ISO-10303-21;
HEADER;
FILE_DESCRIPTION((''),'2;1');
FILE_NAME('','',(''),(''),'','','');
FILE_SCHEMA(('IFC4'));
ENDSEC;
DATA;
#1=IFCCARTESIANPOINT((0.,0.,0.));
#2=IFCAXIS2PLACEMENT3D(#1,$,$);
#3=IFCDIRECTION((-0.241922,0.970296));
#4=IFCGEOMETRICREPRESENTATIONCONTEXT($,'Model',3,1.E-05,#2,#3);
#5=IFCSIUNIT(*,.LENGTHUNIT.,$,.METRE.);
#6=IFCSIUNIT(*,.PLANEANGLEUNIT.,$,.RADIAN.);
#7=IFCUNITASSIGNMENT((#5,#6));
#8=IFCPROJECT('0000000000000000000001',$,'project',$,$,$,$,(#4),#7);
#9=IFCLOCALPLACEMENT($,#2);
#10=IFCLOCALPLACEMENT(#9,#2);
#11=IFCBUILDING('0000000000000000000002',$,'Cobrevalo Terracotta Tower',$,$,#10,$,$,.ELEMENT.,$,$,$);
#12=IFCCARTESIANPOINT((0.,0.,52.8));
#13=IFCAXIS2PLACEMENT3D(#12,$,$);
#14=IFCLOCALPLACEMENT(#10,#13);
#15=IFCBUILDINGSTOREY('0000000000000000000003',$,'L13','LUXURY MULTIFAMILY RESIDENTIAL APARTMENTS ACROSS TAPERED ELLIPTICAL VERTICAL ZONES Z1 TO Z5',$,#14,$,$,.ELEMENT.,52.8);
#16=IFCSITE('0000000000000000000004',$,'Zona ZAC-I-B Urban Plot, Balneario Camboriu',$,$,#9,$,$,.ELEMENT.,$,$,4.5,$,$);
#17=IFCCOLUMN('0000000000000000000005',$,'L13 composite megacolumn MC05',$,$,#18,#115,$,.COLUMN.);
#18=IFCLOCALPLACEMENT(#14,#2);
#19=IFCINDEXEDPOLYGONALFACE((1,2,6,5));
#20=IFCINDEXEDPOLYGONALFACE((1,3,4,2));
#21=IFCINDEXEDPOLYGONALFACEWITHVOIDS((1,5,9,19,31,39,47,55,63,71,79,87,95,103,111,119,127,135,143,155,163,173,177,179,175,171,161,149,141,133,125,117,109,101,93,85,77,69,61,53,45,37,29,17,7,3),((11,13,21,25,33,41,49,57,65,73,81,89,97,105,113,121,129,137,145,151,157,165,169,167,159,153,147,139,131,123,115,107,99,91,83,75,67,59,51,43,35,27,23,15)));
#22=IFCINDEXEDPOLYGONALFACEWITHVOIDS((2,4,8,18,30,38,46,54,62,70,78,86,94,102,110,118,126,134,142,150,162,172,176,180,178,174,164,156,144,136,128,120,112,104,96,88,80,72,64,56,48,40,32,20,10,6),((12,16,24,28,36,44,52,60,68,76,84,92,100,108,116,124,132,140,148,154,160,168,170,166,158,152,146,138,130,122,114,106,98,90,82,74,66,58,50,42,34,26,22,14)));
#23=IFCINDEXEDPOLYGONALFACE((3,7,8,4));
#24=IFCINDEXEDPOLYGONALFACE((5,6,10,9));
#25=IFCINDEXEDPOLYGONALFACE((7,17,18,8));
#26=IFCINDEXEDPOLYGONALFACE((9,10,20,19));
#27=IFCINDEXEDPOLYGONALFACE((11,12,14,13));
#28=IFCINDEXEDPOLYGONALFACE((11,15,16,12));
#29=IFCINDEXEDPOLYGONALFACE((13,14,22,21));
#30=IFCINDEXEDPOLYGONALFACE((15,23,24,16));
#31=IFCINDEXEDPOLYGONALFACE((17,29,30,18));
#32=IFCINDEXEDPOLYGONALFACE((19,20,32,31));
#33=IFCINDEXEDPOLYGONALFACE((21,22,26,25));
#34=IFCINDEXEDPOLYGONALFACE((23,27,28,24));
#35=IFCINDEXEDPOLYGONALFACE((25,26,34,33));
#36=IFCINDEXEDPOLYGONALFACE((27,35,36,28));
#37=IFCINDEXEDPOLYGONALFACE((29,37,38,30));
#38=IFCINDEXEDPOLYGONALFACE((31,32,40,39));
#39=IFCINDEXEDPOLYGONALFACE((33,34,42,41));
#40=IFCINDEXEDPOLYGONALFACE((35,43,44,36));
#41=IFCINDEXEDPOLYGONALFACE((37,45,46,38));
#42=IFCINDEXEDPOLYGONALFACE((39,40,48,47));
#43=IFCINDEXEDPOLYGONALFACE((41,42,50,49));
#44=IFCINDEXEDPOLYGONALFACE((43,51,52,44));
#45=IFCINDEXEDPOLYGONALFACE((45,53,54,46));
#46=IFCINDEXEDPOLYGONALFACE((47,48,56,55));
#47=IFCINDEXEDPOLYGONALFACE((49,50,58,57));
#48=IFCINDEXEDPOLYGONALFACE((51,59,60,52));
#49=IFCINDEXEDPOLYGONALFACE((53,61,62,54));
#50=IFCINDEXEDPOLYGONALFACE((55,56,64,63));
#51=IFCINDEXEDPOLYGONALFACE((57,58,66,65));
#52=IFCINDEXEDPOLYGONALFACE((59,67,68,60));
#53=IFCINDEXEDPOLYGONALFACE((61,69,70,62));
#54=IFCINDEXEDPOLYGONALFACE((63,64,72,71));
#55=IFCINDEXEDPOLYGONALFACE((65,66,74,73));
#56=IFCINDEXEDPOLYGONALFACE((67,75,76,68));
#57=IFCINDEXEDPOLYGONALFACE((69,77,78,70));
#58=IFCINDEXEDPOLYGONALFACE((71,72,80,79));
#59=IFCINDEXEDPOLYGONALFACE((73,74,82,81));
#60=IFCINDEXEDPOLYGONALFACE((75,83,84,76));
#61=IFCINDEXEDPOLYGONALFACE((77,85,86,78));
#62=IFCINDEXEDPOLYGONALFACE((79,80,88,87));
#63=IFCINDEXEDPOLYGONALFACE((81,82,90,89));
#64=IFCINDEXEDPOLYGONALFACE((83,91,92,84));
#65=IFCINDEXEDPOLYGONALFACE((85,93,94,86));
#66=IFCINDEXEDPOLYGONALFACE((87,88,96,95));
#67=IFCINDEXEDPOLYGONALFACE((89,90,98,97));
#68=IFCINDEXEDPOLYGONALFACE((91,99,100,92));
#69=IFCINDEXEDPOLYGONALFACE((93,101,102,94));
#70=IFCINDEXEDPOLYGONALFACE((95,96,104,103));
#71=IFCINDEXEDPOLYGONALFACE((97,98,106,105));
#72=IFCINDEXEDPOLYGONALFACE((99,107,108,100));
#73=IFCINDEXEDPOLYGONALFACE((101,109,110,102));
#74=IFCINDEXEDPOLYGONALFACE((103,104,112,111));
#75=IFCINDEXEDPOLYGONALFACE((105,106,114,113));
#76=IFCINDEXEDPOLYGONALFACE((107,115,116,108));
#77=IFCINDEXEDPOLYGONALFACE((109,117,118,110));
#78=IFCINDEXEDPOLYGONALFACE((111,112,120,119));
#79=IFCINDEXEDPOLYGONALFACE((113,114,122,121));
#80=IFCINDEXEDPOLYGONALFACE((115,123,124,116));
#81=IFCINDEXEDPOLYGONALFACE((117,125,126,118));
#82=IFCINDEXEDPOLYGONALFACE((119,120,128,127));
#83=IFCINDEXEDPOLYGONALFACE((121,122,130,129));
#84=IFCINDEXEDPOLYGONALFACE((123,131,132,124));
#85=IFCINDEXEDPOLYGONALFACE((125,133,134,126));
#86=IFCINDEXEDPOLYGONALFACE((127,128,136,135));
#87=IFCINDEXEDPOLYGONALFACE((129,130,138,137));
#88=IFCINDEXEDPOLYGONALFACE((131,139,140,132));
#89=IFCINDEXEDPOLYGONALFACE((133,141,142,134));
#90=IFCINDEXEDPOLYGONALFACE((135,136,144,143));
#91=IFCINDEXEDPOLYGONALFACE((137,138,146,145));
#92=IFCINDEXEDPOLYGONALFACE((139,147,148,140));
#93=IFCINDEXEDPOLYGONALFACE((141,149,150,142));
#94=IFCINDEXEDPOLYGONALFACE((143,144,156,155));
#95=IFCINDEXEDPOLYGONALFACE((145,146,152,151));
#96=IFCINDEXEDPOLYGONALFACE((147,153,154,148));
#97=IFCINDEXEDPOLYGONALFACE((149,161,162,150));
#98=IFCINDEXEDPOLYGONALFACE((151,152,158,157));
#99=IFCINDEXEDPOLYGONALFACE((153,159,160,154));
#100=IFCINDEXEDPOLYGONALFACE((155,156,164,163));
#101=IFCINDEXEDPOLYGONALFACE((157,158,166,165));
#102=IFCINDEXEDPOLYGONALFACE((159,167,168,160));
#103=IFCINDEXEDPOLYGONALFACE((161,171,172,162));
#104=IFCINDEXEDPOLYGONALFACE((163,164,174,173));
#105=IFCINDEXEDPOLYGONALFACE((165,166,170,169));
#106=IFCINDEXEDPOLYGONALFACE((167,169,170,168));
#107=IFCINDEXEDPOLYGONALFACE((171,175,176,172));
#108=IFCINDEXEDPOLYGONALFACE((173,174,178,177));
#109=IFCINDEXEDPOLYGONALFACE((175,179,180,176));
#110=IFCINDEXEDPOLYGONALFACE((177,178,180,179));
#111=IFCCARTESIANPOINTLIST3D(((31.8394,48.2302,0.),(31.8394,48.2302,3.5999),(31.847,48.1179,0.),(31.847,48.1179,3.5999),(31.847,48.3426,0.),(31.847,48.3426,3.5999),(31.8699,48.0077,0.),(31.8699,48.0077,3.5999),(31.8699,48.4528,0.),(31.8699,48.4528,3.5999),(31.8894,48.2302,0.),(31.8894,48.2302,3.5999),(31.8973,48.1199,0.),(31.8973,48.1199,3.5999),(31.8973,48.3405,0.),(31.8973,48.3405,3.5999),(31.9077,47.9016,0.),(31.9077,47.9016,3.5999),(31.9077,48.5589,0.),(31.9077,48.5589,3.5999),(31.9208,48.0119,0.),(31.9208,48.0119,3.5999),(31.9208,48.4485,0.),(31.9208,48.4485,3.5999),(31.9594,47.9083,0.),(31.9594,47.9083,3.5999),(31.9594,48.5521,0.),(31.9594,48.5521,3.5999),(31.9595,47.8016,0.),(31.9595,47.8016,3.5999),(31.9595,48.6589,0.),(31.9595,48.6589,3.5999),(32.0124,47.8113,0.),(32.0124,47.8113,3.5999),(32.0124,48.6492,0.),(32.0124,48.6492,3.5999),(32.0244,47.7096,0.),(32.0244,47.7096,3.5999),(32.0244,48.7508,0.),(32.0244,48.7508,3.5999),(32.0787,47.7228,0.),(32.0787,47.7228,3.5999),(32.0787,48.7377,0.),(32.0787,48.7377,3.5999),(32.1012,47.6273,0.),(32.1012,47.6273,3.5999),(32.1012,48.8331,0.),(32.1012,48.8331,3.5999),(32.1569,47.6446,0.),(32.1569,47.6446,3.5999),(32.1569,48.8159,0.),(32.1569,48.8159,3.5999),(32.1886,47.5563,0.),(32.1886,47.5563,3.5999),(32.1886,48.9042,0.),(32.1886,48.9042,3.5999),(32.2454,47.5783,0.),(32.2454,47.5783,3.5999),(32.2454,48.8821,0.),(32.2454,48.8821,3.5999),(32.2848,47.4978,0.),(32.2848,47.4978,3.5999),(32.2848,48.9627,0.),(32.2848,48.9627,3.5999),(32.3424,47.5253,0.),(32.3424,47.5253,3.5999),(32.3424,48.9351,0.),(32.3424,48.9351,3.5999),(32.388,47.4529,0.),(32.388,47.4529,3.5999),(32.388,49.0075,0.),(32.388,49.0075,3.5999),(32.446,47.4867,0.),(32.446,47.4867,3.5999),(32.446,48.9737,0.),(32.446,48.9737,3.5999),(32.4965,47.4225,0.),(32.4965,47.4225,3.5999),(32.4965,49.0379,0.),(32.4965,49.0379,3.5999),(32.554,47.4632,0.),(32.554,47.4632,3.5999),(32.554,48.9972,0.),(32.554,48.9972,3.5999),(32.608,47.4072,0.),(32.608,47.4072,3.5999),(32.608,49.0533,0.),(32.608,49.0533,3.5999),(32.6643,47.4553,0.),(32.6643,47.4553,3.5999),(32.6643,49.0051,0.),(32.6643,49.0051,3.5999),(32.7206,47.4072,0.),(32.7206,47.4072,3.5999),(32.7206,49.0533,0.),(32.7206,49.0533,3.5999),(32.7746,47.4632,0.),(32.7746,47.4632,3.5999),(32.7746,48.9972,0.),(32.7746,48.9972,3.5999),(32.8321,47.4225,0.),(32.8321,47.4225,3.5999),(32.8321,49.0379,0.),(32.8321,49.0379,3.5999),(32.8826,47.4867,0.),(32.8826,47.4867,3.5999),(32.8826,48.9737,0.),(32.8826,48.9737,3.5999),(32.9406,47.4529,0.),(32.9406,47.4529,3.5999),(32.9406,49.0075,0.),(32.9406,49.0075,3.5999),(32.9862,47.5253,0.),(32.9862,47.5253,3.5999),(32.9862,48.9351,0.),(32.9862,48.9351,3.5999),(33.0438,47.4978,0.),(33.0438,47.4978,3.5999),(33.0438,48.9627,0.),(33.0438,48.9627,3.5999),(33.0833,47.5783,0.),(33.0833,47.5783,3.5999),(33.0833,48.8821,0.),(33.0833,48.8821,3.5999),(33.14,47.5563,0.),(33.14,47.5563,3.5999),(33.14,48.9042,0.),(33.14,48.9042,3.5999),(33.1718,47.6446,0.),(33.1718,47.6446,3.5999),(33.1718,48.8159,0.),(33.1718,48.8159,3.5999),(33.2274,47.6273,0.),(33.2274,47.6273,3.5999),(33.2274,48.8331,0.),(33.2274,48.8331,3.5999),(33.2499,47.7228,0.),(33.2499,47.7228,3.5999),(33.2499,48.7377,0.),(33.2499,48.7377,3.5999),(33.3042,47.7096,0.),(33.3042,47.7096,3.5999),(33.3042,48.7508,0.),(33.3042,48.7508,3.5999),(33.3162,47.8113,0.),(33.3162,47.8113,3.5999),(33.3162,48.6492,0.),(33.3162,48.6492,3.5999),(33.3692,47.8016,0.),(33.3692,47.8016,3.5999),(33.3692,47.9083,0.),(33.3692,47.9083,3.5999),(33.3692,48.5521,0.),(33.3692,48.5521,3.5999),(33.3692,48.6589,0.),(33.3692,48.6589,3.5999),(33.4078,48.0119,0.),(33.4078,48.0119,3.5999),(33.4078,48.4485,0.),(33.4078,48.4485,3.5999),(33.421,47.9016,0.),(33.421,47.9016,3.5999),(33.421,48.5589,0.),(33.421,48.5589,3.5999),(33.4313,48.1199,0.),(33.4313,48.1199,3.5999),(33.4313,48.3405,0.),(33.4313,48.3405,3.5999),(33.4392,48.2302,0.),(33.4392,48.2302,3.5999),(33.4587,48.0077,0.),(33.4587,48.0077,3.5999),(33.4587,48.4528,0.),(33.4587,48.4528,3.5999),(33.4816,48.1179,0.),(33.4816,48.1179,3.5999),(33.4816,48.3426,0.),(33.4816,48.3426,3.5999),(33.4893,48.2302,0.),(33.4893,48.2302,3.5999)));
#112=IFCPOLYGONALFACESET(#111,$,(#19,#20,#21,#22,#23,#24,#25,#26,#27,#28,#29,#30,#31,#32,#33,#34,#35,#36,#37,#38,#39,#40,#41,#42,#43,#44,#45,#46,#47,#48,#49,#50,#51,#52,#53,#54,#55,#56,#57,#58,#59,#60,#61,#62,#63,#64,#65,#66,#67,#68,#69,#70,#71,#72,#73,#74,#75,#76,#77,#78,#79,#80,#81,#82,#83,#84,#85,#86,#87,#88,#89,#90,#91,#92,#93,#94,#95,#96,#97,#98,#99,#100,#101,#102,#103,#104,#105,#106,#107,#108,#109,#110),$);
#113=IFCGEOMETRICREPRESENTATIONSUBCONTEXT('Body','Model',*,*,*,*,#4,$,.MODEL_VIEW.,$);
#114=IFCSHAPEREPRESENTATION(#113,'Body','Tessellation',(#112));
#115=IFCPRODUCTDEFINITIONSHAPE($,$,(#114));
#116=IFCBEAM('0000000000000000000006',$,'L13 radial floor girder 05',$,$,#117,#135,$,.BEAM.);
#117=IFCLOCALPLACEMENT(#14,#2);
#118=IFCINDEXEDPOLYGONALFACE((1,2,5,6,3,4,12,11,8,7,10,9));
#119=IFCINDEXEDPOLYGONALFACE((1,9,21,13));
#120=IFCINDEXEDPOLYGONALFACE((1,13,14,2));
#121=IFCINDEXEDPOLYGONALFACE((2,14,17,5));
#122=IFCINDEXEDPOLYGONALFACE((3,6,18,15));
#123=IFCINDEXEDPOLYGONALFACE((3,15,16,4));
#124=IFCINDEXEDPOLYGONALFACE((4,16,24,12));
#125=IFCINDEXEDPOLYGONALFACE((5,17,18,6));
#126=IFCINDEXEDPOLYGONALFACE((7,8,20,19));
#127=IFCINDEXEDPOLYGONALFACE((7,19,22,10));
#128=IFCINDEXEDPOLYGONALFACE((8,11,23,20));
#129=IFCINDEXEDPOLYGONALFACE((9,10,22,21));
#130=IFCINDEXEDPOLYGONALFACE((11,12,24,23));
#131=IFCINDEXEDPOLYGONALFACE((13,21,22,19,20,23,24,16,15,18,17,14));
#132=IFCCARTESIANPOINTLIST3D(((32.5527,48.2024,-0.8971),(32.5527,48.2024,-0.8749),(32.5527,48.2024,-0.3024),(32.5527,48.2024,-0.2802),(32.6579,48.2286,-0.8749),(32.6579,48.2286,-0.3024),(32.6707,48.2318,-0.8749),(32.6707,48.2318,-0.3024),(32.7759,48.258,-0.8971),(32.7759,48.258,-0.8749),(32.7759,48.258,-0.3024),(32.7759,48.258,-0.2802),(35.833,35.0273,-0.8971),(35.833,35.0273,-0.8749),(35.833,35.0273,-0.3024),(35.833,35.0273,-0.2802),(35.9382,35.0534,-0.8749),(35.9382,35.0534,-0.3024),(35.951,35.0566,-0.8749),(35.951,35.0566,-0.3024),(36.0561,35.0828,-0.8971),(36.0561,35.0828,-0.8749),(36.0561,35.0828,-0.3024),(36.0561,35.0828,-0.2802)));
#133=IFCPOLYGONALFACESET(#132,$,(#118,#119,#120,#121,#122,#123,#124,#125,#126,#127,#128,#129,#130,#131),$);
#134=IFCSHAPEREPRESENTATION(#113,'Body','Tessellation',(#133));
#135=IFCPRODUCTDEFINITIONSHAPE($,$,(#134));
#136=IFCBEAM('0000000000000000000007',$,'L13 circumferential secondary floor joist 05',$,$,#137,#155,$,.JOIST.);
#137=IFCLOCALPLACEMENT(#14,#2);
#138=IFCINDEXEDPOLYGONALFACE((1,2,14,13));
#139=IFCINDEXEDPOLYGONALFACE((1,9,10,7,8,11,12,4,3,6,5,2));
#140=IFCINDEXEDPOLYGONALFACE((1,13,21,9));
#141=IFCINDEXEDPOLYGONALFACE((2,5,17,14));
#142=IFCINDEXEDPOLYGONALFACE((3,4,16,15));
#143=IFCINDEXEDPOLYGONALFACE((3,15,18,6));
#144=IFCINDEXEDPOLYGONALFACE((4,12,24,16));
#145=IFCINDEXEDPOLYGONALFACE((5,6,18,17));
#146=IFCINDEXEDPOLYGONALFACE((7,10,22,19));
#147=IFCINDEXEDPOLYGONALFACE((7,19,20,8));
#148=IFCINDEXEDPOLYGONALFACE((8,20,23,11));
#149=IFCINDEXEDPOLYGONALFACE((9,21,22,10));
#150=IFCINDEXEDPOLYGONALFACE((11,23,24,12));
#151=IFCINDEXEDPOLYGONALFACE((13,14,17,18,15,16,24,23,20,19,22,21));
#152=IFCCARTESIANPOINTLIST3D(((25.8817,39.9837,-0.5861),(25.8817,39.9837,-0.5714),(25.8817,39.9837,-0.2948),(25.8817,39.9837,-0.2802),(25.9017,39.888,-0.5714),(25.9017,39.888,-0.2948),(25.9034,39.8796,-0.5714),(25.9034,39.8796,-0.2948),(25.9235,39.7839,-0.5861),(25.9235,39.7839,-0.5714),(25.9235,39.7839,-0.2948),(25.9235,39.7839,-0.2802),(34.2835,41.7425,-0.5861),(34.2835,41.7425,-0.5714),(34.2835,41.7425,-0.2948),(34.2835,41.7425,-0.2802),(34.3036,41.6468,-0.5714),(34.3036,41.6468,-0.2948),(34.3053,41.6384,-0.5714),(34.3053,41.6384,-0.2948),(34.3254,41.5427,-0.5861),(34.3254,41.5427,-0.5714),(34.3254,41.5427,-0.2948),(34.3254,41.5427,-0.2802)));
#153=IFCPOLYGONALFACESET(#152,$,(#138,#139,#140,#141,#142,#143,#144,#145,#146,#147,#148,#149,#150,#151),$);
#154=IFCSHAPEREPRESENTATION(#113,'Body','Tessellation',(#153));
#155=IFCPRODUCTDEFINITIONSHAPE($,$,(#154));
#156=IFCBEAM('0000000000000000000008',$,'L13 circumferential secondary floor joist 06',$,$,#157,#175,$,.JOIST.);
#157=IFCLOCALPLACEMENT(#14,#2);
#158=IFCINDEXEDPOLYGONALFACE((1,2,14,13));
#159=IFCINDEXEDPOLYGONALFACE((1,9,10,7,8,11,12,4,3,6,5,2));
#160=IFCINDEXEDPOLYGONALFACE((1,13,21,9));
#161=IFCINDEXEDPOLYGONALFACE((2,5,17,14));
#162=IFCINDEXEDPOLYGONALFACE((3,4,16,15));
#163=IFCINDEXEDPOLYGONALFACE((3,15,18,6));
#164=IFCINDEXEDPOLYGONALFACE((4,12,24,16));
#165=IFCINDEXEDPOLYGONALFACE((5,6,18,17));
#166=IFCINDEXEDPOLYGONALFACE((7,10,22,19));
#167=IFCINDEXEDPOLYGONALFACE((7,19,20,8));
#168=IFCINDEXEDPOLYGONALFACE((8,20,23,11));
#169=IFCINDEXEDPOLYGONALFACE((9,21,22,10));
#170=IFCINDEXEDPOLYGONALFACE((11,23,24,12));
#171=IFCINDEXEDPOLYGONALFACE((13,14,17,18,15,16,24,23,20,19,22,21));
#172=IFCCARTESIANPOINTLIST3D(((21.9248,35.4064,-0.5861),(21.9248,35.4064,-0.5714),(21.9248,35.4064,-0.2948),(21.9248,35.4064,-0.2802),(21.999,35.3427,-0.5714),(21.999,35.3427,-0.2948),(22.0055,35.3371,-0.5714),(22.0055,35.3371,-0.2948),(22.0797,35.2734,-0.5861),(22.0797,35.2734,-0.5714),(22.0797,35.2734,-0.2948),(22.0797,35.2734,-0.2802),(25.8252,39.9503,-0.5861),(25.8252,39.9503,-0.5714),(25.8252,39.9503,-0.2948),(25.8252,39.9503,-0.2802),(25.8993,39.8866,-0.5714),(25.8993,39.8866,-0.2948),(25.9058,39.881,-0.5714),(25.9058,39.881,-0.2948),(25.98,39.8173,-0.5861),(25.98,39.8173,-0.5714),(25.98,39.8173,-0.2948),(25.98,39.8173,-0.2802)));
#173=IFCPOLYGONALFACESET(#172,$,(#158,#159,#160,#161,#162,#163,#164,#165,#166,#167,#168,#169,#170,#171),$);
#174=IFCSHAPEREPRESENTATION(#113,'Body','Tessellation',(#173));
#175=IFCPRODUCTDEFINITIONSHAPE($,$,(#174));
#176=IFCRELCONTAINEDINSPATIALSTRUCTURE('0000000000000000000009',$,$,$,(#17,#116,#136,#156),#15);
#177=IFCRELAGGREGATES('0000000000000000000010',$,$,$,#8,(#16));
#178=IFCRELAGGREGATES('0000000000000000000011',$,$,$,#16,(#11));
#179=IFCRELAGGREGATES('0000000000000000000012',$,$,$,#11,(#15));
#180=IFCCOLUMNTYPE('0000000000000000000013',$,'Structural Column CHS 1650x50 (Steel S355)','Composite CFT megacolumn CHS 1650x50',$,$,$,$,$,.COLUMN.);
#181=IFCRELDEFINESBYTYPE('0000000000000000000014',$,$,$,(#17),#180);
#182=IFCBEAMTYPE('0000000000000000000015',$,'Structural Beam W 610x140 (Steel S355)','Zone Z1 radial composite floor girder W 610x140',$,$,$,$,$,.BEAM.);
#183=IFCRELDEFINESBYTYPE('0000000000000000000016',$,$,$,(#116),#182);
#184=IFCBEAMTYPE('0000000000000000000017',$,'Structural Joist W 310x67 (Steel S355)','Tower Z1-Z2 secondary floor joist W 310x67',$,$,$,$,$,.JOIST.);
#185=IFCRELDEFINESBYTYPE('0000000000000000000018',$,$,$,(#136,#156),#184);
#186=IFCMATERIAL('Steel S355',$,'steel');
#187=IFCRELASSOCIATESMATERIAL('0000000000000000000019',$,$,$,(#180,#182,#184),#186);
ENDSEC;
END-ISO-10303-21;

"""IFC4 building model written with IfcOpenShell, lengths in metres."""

from ifc_helpers import new_model, si_unit, direction, frame, origin, origin_2d, place, context, subcontext, project, spatial, hollow_circle, i_section, extrude, material, material_profile, profile_set, type_object, element, save


model = new_model("IFC4")

# Units and contexts
model_context = context("Model", 3, precision=1e-05, world=origin(), true_north=direction((-0.241922, 0.970296)))
body_context = subcontext(model_context, "Body", "Model", "MODEL_VIEW")
ifc_project = project(units=[si_unit("LENGTHUNIT", "METRE"), si_unit("PLANEANGLEUNIT", "RADIAN")], contexts=[model_context])

# Site, building, storey
site_placement = place(None, origin())
site = spatial("IfcSite", under=ifc_project, at=site_placement, Name="Zona ZAC-I-B Urban Plot, Balneario Camboriu", CompositionType="ELEMENT", RefElevation=4.5)
building_placement = place(site_placement, origin())
building = spatial("IfcBuilding", under=site, at=building_placement, Name="Cobrevalo Terracotta Tower", CompositionType="ELEMENT")
storey_placement = place(building_placement, frame((0.0, 0.0, 52.8)))
storey = spatial("IfcBuildingStorey", under=building, at=storey_placement, Name="L13", Description="LUXURY MULTIFAMILY RESIDENTIAL APARTMENTS ACROSS TAPERED ELLIPTICAL VERTICAL ZONES Z1 TO Z5", CompositionType="ELEMENT", Elevation=52.8)

# Column
ifc_material_1 = material(Name="Steel S355", Category="steel")
ifc_material_profile_1 = material_profile(ifc_material_1, hollow_circle(Radius=0.825, WallThickness=0.05, at=origin_2d()), Name="CHS 1650x50")
ifc_profile_set_1 = profile_set([ifc_material_profile_1], Name="Steel S355")
column_type = type_object("IfcColumnType", Name="Structural Column CHS 1650x50 (Steel S355)", Description="Composite CFT megacolumn CHS 1650x50", PredefinedType="COLUMN", material=ifc_profile_set_1)
column_placement = place(storey_placement, frame((32.6643, 48.2302, 0.0), z_axis=(0.0, 0.0, 1.0), x_axis=(1.0, 0.0, 0.0)))
element("IfcColumn", 1, at=column_placement, inside=storey, type_object=column_type, Name="L13 composite megacolumn MC05", PredefinedType="COLUMN", context=body_context, shape_type="SweptSolid", body=[
    extrude(hollow_circle(Radius=0.825, WallThickness=0.05, at=origin_2d()), origin(), (0.0, 0.0, 1.0), 3.5999),
])

# Beams
ifc_material_profile_2 = material_profile(ifc_material_1, i_section(OverallWidth=0.23, OverallDepth=0.6169, WebThickness=0.0132, FlangeThickness=0.0222, at=origin_2d()), Name="W 610x140")
ifc_profile_set_2 = profile_set([ifc_material_profile_2], Name="Steel S355")
beam_type_1 = type_object("IfcBeamType", Name="Structural Beam W 610x140 (Steel S355)", Description="Zone Z1 radial composite floor girder W 610x140", PredefinedType="BEAM", material=ifc_profile_set_2)
beam_1_placement = place(storey_placement, frame((32.6643, 48.2302, -0.5886), z_axis=(0.241596, -0.970377, 0.0), x_axis=(0.970377, 0.241596, 0.0)))
element("IfcBeam", 2, at=beam_1_placement, inside=storey, type_object=beam_type_1, Name="L13 radial floor girder 05", PredefinedType="BEAM", context=body_context, shape_type="SweptSolid", body=[
    extrude(i_section(OverallWidth=0.23, OverallDepth=0.6169, WebThickness=0.0132, FlangeThickness=0.0222, at=origin_2d()), origin(), (0.0, 0.0, 1.0), 13.5774),
])
ifc_material_profile_3 = material_profile(ifc_material_1, i_section(OverallWidth=0.2041, OverallDepth=0.3059, WebThickness=0.0085, FlangeThickness=0.0146, at=origin_2d()), Name="W 310x67")
ifc_profile_set_3 = profile_set([ifc_material_profile_3], Name="Steel S355")
beam_type_2 = type_object("IfcBeamType", Name="Structural Joist W 310x67 (Steel S355)", Description="Tower Z1-Z2 secondary floor joist W 310x67", PredefinedType="JOIST", material=ifc_profile_set_3)
beam_2_placement = place(storey_placement, frame((34.3044, 41.6426, -0.4331), z_axis=(-0.978785, -0.204892, 0.0), x_axis=(0.204892, -0.978785, 0.0)))
element("IfcBeam", 3, at=beam_2_placement, inside=storey, type_object=beam_type_2, Name="L13 circumferential secondary floor joist 05", PredefinedType="JOIST", context=body_context, shape_type="SweptSolid", body=[
    extrude(i_section(OverallWidth=0.2041, OverallDepth=0.3059, WebThickness=0.0085, FlangeThickness=0.0146, at=origin_2d()), origin(), (0.0, 0.0, 1.0), 8.584),
])
beam_3_placement = place(storey_placement, frame((25.9026, 39.8838, -0.4331), z_axis=(-0.651328, -0.758796, 0.0), x_axis=(0.758796, -0.651328, 0.0)))
element("IfcBeam", 4, at=beam_3_placement, inside=storey, type_object=beam_type_2, Name="L13 circumferential secondary floor joist 06", PredefinedType="JOIST", context=body_context, shape_type="SweptSolid", body=[
    extrude(i_section(OverallWidth=0.2041, OverallDepth=0.3059, WebThickness=0.0085, FlangeThickness=0.0146, at=origin_2d()), origin(), (0.0, 0.0, 1.0), 5.9883),
])

save(model, "model.ifc")
